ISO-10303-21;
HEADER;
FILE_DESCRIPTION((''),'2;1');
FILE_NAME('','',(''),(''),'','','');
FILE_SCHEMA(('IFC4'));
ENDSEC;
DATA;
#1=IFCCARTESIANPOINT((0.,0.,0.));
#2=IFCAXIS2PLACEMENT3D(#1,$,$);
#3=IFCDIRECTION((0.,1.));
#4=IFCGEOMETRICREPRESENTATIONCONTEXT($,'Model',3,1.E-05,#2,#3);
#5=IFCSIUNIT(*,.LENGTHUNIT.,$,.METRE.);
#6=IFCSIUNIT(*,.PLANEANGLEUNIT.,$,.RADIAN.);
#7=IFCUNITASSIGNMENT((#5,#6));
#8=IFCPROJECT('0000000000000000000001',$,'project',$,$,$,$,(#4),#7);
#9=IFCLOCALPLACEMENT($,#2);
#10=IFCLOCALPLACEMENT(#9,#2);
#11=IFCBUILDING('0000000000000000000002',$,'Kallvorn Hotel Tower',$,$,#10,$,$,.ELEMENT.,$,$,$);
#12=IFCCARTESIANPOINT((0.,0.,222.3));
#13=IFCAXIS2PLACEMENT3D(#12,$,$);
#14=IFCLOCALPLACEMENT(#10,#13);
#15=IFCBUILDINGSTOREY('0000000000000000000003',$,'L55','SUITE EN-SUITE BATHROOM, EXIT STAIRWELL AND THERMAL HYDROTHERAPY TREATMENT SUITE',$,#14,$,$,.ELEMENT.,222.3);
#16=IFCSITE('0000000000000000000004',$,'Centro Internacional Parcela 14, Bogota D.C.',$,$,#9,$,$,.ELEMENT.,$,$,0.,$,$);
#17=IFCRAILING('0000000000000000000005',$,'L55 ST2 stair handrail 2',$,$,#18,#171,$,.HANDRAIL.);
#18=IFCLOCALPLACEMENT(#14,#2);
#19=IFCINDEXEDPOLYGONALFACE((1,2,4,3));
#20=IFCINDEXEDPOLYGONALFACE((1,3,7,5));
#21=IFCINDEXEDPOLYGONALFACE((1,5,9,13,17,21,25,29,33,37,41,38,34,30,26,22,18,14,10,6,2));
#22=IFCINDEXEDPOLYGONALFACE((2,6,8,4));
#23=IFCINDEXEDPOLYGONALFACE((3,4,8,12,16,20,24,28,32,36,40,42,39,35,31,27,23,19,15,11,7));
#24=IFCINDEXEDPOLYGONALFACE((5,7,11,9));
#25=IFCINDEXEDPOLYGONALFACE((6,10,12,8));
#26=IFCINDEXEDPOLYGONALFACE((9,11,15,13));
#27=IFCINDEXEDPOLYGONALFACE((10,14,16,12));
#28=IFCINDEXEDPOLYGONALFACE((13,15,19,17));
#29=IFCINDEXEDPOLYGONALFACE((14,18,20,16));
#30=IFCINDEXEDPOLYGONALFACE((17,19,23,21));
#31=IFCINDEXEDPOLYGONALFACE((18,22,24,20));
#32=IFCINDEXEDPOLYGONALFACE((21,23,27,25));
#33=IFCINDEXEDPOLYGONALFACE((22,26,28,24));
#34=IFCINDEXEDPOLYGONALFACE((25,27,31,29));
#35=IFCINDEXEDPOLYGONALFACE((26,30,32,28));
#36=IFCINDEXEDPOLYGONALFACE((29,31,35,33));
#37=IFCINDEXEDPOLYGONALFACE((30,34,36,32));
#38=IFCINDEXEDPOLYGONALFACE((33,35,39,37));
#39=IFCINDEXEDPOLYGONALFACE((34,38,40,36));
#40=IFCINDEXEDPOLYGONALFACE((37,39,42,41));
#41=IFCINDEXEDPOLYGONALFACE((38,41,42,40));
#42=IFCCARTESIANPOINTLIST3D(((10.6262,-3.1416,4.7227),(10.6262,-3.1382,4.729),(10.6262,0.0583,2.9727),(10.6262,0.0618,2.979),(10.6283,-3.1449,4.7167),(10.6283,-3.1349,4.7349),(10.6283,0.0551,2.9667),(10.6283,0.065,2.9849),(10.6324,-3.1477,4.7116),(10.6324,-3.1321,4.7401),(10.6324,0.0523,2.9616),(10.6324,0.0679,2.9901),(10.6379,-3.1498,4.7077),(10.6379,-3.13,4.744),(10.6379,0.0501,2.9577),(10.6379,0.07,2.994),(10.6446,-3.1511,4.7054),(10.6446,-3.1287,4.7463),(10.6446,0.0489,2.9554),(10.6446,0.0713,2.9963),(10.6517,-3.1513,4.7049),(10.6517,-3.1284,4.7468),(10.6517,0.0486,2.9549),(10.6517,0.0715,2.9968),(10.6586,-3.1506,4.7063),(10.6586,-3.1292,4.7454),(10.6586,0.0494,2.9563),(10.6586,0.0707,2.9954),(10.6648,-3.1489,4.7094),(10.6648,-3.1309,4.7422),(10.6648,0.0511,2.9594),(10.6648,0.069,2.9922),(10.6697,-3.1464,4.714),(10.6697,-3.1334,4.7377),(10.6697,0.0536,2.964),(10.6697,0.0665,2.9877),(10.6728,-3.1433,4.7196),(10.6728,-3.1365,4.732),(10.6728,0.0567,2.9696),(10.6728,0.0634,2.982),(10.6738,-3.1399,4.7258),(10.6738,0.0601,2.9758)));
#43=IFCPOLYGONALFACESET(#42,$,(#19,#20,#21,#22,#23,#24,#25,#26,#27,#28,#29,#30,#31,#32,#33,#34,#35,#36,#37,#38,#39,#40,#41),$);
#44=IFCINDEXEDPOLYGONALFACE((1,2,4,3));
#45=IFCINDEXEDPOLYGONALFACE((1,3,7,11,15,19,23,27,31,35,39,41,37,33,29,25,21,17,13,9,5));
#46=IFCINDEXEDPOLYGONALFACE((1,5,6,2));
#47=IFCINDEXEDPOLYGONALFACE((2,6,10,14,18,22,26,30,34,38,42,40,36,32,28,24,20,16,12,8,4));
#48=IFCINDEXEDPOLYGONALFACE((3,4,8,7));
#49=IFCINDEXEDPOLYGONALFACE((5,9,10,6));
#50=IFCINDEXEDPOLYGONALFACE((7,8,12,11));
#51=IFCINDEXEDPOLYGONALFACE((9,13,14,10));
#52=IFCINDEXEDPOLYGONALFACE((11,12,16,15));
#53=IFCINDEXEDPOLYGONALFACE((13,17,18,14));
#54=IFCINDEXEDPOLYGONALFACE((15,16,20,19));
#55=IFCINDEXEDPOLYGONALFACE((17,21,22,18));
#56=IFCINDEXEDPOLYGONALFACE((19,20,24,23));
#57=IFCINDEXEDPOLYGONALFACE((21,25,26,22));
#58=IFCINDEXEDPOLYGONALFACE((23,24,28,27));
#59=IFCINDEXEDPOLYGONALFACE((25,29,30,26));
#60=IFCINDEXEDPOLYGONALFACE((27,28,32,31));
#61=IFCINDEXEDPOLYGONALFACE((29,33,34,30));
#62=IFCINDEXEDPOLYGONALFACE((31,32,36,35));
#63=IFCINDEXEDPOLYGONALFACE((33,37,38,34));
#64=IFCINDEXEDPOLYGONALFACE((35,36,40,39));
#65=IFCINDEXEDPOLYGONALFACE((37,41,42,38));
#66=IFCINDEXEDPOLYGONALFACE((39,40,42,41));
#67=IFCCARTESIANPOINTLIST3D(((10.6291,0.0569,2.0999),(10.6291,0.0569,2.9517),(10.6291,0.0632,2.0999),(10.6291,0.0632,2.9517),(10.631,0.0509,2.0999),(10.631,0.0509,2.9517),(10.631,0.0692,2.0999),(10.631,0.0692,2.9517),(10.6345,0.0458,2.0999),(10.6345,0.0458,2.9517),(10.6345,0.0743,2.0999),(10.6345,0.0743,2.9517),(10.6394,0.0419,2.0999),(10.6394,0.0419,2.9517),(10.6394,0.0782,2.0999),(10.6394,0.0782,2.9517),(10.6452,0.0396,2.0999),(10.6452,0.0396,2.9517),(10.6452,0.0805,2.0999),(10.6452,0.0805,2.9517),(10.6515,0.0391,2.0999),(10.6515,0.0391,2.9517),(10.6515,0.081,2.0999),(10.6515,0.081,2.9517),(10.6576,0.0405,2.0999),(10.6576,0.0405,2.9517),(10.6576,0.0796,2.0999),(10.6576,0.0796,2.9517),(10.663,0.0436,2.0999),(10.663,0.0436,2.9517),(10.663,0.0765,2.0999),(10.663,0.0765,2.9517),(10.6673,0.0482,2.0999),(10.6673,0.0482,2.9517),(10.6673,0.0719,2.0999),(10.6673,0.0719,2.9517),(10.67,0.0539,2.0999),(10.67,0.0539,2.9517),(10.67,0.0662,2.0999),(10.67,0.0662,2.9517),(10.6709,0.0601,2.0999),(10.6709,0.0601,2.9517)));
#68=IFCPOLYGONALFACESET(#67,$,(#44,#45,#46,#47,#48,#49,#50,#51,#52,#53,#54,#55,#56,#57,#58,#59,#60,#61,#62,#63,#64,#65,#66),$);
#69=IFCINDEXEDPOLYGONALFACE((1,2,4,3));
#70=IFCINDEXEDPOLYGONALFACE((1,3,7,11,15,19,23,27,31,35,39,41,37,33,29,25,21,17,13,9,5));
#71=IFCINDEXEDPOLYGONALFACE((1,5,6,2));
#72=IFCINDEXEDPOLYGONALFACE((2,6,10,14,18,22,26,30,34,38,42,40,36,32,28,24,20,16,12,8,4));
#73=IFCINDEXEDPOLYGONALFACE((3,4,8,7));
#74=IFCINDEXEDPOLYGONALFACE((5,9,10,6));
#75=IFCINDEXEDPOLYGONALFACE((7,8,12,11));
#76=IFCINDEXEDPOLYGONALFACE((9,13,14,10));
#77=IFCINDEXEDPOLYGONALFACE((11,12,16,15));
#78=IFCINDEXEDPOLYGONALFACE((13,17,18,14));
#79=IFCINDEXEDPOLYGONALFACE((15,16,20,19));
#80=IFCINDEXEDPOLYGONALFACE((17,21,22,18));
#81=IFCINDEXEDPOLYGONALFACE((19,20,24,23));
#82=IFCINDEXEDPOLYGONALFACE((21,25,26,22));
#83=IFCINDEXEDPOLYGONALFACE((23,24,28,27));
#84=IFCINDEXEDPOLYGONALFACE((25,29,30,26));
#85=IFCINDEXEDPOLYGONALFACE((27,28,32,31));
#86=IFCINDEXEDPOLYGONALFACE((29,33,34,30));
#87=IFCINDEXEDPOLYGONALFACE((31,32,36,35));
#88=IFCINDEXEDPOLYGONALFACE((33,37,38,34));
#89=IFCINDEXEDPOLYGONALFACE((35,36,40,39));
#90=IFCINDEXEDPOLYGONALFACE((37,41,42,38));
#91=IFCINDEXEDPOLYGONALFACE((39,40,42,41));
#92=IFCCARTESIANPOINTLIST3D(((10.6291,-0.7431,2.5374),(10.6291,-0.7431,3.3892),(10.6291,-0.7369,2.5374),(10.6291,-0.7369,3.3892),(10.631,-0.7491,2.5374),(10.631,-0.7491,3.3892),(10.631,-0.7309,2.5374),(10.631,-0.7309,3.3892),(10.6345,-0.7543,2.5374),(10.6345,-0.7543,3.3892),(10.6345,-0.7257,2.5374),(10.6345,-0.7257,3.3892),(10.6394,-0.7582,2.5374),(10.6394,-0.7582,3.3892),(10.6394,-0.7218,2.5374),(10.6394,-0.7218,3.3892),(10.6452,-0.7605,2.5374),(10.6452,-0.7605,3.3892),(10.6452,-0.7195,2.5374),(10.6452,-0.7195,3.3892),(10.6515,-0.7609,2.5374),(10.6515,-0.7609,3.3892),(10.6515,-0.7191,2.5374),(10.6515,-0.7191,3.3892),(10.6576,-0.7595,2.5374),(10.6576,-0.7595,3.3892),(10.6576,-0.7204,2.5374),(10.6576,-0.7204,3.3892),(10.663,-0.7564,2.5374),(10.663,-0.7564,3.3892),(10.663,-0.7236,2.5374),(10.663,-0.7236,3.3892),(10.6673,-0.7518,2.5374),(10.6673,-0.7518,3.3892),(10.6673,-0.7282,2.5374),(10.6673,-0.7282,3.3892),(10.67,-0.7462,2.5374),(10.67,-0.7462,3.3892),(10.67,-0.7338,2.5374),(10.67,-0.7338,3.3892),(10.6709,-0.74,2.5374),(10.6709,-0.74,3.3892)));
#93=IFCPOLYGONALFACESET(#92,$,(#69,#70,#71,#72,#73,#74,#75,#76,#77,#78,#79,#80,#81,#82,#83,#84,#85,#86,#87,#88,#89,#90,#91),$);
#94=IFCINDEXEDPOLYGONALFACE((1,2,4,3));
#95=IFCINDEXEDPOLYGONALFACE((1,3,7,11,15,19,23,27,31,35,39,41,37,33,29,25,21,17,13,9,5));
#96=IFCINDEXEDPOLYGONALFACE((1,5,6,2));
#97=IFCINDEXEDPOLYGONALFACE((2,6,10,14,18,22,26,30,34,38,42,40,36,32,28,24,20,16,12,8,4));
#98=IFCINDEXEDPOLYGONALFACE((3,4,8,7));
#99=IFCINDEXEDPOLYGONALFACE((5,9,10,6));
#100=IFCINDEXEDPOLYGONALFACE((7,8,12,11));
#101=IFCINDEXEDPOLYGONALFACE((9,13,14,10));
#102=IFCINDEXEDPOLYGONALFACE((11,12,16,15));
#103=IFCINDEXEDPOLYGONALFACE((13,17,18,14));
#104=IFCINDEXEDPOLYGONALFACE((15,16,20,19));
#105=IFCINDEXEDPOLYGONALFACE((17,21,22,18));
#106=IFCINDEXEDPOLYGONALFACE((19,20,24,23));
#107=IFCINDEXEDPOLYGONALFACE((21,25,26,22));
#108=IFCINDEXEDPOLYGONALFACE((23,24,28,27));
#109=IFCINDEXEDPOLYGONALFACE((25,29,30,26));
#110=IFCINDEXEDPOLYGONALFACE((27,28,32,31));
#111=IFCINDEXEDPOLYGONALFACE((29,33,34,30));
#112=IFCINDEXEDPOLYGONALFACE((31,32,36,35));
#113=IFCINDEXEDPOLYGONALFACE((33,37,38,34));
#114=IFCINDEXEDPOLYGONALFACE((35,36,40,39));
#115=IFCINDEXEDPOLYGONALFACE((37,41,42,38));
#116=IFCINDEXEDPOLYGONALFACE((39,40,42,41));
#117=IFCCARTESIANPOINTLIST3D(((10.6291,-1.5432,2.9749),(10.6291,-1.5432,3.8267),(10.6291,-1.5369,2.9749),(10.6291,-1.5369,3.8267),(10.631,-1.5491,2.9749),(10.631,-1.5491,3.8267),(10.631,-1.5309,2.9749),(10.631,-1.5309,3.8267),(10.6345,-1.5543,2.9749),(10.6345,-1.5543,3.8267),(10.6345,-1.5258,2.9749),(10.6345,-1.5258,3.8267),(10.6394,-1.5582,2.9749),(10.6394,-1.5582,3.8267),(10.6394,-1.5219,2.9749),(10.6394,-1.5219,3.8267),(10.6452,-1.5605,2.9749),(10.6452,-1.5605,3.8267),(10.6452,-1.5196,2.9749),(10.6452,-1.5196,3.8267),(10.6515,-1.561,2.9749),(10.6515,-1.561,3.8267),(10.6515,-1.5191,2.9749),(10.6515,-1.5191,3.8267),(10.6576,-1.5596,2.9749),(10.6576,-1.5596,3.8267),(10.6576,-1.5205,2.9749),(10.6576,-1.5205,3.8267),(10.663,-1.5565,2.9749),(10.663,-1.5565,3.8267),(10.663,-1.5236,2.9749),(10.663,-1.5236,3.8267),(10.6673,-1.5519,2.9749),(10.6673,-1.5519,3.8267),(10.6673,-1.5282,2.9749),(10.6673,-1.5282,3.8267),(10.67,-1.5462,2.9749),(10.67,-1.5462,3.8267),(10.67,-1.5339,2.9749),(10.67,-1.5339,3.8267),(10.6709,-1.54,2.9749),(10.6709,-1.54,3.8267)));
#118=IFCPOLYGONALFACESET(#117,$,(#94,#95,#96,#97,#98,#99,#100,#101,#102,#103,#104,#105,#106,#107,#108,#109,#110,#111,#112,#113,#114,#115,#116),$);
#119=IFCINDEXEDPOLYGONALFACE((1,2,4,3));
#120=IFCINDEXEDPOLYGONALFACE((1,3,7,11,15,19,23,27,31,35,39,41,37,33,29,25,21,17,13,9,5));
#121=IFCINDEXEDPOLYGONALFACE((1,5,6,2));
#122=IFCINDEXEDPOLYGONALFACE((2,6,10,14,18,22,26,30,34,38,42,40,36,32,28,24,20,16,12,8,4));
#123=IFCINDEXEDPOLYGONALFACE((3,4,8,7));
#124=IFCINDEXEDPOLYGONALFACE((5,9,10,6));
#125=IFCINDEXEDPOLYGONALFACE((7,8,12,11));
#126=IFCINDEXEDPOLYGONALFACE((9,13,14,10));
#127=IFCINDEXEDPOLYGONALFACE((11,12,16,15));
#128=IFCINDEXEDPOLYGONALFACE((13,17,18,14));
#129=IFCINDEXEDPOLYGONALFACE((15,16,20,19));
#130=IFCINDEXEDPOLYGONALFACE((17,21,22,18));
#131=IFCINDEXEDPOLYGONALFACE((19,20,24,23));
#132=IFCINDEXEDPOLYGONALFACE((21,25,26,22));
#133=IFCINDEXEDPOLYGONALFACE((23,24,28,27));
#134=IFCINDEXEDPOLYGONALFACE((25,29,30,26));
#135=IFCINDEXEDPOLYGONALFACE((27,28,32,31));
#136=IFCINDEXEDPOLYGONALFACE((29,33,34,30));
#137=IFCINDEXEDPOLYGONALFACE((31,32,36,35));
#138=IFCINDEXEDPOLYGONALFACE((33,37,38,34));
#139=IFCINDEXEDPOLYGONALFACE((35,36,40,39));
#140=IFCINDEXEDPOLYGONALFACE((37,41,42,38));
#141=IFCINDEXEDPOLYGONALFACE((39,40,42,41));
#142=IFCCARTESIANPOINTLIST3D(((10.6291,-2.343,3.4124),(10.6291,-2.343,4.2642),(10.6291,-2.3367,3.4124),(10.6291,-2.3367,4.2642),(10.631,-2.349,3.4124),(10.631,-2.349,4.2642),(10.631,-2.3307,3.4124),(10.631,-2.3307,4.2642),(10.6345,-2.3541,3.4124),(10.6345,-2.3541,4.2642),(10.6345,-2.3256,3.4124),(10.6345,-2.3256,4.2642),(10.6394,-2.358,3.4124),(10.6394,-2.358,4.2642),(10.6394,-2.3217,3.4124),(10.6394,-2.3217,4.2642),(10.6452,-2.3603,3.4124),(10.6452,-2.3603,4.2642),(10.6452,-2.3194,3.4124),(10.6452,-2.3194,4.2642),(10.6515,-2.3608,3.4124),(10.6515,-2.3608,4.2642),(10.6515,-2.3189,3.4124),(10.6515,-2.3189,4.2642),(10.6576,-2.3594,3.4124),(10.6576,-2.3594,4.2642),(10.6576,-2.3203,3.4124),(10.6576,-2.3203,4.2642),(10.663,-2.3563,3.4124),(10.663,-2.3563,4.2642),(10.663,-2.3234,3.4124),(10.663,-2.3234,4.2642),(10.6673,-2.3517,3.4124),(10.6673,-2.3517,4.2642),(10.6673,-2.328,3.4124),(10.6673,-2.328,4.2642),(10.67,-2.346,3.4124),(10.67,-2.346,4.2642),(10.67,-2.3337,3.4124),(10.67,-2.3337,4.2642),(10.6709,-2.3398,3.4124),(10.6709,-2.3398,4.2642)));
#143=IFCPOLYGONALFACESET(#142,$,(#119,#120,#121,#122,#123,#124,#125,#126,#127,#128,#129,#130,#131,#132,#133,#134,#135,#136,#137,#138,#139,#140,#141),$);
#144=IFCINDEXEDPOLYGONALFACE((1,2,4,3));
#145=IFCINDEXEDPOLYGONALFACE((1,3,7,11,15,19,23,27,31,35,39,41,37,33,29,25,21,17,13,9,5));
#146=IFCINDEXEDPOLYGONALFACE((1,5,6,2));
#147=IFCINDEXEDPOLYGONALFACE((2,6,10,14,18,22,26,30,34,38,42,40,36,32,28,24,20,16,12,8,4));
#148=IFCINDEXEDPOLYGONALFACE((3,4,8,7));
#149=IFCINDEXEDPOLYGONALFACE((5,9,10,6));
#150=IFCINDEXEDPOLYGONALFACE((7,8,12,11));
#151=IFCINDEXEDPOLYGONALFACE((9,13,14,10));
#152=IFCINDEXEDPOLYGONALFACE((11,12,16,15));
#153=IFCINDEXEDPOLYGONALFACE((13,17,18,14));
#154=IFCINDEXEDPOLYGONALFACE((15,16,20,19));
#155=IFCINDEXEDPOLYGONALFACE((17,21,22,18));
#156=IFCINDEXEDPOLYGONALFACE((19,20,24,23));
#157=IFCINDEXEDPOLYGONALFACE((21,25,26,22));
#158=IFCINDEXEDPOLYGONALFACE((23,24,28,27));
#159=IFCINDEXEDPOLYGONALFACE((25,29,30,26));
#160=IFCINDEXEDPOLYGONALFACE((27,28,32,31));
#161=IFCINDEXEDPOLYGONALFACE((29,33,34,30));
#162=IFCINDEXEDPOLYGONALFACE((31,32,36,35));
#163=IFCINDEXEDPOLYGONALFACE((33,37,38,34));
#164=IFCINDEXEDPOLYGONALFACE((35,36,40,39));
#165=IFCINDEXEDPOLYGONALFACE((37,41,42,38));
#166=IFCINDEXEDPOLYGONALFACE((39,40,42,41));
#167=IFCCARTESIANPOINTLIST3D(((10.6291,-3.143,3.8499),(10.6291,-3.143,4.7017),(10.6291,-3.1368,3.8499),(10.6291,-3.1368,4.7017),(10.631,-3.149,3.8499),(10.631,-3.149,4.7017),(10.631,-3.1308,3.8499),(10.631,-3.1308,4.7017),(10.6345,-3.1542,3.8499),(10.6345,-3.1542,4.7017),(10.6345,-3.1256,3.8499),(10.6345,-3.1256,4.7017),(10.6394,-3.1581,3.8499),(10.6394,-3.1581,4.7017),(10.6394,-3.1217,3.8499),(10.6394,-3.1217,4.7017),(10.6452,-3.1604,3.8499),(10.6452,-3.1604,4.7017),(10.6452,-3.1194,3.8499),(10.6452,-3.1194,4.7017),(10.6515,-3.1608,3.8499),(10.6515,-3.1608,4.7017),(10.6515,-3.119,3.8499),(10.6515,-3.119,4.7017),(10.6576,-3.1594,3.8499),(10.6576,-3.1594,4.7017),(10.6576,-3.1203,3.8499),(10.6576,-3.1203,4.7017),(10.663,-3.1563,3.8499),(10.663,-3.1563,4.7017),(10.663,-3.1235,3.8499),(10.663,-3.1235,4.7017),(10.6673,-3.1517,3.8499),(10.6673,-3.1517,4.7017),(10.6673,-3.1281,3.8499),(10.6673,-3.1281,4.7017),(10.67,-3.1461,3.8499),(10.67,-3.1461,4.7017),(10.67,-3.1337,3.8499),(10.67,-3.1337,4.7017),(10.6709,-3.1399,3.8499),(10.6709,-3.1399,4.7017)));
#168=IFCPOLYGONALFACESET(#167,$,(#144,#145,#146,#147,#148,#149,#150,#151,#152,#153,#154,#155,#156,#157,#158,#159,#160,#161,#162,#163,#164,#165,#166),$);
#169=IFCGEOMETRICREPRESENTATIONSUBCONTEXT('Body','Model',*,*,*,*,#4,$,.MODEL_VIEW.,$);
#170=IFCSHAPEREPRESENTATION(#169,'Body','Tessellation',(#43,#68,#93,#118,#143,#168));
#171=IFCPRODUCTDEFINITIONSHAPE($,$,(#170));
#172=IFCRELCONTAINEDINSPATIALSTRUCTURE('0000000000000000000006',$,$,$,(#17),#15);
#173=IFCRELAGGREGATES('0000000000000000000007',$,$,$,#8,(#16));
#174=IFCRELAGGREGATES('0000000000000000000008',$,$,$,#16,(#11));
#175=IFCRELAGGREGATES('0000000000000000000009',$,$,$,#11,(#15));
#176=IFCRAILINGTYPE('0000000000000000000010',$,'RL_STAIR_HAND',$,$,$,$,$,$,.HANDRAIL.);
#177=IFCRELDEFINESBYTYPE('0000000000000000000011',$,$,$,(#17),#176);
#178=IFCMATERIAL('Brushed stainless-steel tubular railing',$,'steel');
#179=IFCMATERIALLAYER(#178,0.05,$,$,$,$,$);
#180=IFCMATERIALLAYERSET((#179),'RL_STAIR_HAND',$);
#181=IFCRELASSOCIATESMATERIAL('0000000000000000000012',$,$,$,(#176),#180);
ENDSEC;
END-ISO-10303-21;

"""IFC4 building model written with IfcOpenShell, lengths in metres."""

from ifc_helpers import new_model, si_unit, direction, frame, origin, origin_2d, place, context, subcontext, project, spatial, circle, extrude, material, layer, layer_set, type_object, element, save


model = new_model("IFC4")

# Units and contexts
model_context = context("Model", 3, precision=1e-05, world=origin(), true_north=direction((0.0, 1.0)))
body_context = subcontext(model_context, "Body", "Model", "MODEL_VIEW")
ifc_project = project(units=[si_unit("LENGTHUNIT", "METRE"), si_unit("PLANEANGLEUNIT", "RADIAN")], contexts=[model_context])

# Site, building, storey
site_placement = place(None, origin())
site = spatial("IfcSite", under=ifc_project, at=site_placement, Name="Centro Internacional Parcela 14, Bogota D.C.", CompositionType="ELEMENT", RefElevation=0.0)
building_placement = place(site_placement, origin())
building = spatial("IfcBuilding", under=site, at=building_placement, Name="Kallvorn Hotel Tower", CompositionType="ELEMENT")
storey_placement = place(building_placement, frame((0.0, 0.0, 222.3)))
storey = spatial("IfcBuildingStorey", under=building, at=storey_placement, Name="L55", Description="SUITE EN-SUITE BATHROOM, EXIT STAIRWELL AND THERMAL HYDROTHERAPY TREATMENT SUITE", CompositionType="ELEMENT", Elevation=222.3)

# Railing
ifc_material_1 = material(Name="Brushed stainless-steel tubular railing", Category="steel")
ifc_layer_1 = layer(ifc_material_1, 0.05)
ifc_layer_set_1 = layer_set([ifc_layer_1], Name="RL_STAIR_HAND")
railing_type_1 = type_object("IfcRailingType", Name="RL_STAIR_HAND", PredefinedType="HANDRAIL", material=ifc_layer_set_1)
railing_1_placement = place(storey_placement, frame((10.6499, 0.0601, 2.0999)))
element("IfcRailing", 1, at=railing_1_placement, inside=storey, type_object=railing_type_1, Name="L55 ST2 stair handrail 2", PredefinedType="HANDRAIL", context=body_context, shape_type="SweptSolid", body=[
    extrude(circle(Radius=0.0239, at=origin_2d()), frame((0.0, 0.0, 0.876), z_axis=(0.0, -0.877368, 0.479818), x_axis=(1.0, 0.0, 0.0)), (0.0, 0.0, 1.0), 3.6472),
    extrude(circle(Radius=0.021, at=origin_2d()), origin(), (0.0, 0.0, 1.0), 0.8518),
    extrude(circle(Radius=0.021, at=origin_2d()), frame((0.0, -0.8, 0.4375)), (0.0, 0.0, 1.0), 0.8518),
    extrude(circle(Radius=0.021, at=origin_2d()), frame((0.0, -1.6001, 0.875)), (0.0, 0.0, 1.0), 0.8518),
    extrude(circle(Radius=0.021, at=origin_2d()), frame((0.0, -2.3999, 1.3125)), (0.0, 0.0, 1.0), 0.8518),
    extrude(circle(Radius=0.021, at=origin_2d()), frame((0.0, -3.2, 1.75)), (0.0, 0.0, 1.0), 0.8518),
])

save(model, "model.ifc")
